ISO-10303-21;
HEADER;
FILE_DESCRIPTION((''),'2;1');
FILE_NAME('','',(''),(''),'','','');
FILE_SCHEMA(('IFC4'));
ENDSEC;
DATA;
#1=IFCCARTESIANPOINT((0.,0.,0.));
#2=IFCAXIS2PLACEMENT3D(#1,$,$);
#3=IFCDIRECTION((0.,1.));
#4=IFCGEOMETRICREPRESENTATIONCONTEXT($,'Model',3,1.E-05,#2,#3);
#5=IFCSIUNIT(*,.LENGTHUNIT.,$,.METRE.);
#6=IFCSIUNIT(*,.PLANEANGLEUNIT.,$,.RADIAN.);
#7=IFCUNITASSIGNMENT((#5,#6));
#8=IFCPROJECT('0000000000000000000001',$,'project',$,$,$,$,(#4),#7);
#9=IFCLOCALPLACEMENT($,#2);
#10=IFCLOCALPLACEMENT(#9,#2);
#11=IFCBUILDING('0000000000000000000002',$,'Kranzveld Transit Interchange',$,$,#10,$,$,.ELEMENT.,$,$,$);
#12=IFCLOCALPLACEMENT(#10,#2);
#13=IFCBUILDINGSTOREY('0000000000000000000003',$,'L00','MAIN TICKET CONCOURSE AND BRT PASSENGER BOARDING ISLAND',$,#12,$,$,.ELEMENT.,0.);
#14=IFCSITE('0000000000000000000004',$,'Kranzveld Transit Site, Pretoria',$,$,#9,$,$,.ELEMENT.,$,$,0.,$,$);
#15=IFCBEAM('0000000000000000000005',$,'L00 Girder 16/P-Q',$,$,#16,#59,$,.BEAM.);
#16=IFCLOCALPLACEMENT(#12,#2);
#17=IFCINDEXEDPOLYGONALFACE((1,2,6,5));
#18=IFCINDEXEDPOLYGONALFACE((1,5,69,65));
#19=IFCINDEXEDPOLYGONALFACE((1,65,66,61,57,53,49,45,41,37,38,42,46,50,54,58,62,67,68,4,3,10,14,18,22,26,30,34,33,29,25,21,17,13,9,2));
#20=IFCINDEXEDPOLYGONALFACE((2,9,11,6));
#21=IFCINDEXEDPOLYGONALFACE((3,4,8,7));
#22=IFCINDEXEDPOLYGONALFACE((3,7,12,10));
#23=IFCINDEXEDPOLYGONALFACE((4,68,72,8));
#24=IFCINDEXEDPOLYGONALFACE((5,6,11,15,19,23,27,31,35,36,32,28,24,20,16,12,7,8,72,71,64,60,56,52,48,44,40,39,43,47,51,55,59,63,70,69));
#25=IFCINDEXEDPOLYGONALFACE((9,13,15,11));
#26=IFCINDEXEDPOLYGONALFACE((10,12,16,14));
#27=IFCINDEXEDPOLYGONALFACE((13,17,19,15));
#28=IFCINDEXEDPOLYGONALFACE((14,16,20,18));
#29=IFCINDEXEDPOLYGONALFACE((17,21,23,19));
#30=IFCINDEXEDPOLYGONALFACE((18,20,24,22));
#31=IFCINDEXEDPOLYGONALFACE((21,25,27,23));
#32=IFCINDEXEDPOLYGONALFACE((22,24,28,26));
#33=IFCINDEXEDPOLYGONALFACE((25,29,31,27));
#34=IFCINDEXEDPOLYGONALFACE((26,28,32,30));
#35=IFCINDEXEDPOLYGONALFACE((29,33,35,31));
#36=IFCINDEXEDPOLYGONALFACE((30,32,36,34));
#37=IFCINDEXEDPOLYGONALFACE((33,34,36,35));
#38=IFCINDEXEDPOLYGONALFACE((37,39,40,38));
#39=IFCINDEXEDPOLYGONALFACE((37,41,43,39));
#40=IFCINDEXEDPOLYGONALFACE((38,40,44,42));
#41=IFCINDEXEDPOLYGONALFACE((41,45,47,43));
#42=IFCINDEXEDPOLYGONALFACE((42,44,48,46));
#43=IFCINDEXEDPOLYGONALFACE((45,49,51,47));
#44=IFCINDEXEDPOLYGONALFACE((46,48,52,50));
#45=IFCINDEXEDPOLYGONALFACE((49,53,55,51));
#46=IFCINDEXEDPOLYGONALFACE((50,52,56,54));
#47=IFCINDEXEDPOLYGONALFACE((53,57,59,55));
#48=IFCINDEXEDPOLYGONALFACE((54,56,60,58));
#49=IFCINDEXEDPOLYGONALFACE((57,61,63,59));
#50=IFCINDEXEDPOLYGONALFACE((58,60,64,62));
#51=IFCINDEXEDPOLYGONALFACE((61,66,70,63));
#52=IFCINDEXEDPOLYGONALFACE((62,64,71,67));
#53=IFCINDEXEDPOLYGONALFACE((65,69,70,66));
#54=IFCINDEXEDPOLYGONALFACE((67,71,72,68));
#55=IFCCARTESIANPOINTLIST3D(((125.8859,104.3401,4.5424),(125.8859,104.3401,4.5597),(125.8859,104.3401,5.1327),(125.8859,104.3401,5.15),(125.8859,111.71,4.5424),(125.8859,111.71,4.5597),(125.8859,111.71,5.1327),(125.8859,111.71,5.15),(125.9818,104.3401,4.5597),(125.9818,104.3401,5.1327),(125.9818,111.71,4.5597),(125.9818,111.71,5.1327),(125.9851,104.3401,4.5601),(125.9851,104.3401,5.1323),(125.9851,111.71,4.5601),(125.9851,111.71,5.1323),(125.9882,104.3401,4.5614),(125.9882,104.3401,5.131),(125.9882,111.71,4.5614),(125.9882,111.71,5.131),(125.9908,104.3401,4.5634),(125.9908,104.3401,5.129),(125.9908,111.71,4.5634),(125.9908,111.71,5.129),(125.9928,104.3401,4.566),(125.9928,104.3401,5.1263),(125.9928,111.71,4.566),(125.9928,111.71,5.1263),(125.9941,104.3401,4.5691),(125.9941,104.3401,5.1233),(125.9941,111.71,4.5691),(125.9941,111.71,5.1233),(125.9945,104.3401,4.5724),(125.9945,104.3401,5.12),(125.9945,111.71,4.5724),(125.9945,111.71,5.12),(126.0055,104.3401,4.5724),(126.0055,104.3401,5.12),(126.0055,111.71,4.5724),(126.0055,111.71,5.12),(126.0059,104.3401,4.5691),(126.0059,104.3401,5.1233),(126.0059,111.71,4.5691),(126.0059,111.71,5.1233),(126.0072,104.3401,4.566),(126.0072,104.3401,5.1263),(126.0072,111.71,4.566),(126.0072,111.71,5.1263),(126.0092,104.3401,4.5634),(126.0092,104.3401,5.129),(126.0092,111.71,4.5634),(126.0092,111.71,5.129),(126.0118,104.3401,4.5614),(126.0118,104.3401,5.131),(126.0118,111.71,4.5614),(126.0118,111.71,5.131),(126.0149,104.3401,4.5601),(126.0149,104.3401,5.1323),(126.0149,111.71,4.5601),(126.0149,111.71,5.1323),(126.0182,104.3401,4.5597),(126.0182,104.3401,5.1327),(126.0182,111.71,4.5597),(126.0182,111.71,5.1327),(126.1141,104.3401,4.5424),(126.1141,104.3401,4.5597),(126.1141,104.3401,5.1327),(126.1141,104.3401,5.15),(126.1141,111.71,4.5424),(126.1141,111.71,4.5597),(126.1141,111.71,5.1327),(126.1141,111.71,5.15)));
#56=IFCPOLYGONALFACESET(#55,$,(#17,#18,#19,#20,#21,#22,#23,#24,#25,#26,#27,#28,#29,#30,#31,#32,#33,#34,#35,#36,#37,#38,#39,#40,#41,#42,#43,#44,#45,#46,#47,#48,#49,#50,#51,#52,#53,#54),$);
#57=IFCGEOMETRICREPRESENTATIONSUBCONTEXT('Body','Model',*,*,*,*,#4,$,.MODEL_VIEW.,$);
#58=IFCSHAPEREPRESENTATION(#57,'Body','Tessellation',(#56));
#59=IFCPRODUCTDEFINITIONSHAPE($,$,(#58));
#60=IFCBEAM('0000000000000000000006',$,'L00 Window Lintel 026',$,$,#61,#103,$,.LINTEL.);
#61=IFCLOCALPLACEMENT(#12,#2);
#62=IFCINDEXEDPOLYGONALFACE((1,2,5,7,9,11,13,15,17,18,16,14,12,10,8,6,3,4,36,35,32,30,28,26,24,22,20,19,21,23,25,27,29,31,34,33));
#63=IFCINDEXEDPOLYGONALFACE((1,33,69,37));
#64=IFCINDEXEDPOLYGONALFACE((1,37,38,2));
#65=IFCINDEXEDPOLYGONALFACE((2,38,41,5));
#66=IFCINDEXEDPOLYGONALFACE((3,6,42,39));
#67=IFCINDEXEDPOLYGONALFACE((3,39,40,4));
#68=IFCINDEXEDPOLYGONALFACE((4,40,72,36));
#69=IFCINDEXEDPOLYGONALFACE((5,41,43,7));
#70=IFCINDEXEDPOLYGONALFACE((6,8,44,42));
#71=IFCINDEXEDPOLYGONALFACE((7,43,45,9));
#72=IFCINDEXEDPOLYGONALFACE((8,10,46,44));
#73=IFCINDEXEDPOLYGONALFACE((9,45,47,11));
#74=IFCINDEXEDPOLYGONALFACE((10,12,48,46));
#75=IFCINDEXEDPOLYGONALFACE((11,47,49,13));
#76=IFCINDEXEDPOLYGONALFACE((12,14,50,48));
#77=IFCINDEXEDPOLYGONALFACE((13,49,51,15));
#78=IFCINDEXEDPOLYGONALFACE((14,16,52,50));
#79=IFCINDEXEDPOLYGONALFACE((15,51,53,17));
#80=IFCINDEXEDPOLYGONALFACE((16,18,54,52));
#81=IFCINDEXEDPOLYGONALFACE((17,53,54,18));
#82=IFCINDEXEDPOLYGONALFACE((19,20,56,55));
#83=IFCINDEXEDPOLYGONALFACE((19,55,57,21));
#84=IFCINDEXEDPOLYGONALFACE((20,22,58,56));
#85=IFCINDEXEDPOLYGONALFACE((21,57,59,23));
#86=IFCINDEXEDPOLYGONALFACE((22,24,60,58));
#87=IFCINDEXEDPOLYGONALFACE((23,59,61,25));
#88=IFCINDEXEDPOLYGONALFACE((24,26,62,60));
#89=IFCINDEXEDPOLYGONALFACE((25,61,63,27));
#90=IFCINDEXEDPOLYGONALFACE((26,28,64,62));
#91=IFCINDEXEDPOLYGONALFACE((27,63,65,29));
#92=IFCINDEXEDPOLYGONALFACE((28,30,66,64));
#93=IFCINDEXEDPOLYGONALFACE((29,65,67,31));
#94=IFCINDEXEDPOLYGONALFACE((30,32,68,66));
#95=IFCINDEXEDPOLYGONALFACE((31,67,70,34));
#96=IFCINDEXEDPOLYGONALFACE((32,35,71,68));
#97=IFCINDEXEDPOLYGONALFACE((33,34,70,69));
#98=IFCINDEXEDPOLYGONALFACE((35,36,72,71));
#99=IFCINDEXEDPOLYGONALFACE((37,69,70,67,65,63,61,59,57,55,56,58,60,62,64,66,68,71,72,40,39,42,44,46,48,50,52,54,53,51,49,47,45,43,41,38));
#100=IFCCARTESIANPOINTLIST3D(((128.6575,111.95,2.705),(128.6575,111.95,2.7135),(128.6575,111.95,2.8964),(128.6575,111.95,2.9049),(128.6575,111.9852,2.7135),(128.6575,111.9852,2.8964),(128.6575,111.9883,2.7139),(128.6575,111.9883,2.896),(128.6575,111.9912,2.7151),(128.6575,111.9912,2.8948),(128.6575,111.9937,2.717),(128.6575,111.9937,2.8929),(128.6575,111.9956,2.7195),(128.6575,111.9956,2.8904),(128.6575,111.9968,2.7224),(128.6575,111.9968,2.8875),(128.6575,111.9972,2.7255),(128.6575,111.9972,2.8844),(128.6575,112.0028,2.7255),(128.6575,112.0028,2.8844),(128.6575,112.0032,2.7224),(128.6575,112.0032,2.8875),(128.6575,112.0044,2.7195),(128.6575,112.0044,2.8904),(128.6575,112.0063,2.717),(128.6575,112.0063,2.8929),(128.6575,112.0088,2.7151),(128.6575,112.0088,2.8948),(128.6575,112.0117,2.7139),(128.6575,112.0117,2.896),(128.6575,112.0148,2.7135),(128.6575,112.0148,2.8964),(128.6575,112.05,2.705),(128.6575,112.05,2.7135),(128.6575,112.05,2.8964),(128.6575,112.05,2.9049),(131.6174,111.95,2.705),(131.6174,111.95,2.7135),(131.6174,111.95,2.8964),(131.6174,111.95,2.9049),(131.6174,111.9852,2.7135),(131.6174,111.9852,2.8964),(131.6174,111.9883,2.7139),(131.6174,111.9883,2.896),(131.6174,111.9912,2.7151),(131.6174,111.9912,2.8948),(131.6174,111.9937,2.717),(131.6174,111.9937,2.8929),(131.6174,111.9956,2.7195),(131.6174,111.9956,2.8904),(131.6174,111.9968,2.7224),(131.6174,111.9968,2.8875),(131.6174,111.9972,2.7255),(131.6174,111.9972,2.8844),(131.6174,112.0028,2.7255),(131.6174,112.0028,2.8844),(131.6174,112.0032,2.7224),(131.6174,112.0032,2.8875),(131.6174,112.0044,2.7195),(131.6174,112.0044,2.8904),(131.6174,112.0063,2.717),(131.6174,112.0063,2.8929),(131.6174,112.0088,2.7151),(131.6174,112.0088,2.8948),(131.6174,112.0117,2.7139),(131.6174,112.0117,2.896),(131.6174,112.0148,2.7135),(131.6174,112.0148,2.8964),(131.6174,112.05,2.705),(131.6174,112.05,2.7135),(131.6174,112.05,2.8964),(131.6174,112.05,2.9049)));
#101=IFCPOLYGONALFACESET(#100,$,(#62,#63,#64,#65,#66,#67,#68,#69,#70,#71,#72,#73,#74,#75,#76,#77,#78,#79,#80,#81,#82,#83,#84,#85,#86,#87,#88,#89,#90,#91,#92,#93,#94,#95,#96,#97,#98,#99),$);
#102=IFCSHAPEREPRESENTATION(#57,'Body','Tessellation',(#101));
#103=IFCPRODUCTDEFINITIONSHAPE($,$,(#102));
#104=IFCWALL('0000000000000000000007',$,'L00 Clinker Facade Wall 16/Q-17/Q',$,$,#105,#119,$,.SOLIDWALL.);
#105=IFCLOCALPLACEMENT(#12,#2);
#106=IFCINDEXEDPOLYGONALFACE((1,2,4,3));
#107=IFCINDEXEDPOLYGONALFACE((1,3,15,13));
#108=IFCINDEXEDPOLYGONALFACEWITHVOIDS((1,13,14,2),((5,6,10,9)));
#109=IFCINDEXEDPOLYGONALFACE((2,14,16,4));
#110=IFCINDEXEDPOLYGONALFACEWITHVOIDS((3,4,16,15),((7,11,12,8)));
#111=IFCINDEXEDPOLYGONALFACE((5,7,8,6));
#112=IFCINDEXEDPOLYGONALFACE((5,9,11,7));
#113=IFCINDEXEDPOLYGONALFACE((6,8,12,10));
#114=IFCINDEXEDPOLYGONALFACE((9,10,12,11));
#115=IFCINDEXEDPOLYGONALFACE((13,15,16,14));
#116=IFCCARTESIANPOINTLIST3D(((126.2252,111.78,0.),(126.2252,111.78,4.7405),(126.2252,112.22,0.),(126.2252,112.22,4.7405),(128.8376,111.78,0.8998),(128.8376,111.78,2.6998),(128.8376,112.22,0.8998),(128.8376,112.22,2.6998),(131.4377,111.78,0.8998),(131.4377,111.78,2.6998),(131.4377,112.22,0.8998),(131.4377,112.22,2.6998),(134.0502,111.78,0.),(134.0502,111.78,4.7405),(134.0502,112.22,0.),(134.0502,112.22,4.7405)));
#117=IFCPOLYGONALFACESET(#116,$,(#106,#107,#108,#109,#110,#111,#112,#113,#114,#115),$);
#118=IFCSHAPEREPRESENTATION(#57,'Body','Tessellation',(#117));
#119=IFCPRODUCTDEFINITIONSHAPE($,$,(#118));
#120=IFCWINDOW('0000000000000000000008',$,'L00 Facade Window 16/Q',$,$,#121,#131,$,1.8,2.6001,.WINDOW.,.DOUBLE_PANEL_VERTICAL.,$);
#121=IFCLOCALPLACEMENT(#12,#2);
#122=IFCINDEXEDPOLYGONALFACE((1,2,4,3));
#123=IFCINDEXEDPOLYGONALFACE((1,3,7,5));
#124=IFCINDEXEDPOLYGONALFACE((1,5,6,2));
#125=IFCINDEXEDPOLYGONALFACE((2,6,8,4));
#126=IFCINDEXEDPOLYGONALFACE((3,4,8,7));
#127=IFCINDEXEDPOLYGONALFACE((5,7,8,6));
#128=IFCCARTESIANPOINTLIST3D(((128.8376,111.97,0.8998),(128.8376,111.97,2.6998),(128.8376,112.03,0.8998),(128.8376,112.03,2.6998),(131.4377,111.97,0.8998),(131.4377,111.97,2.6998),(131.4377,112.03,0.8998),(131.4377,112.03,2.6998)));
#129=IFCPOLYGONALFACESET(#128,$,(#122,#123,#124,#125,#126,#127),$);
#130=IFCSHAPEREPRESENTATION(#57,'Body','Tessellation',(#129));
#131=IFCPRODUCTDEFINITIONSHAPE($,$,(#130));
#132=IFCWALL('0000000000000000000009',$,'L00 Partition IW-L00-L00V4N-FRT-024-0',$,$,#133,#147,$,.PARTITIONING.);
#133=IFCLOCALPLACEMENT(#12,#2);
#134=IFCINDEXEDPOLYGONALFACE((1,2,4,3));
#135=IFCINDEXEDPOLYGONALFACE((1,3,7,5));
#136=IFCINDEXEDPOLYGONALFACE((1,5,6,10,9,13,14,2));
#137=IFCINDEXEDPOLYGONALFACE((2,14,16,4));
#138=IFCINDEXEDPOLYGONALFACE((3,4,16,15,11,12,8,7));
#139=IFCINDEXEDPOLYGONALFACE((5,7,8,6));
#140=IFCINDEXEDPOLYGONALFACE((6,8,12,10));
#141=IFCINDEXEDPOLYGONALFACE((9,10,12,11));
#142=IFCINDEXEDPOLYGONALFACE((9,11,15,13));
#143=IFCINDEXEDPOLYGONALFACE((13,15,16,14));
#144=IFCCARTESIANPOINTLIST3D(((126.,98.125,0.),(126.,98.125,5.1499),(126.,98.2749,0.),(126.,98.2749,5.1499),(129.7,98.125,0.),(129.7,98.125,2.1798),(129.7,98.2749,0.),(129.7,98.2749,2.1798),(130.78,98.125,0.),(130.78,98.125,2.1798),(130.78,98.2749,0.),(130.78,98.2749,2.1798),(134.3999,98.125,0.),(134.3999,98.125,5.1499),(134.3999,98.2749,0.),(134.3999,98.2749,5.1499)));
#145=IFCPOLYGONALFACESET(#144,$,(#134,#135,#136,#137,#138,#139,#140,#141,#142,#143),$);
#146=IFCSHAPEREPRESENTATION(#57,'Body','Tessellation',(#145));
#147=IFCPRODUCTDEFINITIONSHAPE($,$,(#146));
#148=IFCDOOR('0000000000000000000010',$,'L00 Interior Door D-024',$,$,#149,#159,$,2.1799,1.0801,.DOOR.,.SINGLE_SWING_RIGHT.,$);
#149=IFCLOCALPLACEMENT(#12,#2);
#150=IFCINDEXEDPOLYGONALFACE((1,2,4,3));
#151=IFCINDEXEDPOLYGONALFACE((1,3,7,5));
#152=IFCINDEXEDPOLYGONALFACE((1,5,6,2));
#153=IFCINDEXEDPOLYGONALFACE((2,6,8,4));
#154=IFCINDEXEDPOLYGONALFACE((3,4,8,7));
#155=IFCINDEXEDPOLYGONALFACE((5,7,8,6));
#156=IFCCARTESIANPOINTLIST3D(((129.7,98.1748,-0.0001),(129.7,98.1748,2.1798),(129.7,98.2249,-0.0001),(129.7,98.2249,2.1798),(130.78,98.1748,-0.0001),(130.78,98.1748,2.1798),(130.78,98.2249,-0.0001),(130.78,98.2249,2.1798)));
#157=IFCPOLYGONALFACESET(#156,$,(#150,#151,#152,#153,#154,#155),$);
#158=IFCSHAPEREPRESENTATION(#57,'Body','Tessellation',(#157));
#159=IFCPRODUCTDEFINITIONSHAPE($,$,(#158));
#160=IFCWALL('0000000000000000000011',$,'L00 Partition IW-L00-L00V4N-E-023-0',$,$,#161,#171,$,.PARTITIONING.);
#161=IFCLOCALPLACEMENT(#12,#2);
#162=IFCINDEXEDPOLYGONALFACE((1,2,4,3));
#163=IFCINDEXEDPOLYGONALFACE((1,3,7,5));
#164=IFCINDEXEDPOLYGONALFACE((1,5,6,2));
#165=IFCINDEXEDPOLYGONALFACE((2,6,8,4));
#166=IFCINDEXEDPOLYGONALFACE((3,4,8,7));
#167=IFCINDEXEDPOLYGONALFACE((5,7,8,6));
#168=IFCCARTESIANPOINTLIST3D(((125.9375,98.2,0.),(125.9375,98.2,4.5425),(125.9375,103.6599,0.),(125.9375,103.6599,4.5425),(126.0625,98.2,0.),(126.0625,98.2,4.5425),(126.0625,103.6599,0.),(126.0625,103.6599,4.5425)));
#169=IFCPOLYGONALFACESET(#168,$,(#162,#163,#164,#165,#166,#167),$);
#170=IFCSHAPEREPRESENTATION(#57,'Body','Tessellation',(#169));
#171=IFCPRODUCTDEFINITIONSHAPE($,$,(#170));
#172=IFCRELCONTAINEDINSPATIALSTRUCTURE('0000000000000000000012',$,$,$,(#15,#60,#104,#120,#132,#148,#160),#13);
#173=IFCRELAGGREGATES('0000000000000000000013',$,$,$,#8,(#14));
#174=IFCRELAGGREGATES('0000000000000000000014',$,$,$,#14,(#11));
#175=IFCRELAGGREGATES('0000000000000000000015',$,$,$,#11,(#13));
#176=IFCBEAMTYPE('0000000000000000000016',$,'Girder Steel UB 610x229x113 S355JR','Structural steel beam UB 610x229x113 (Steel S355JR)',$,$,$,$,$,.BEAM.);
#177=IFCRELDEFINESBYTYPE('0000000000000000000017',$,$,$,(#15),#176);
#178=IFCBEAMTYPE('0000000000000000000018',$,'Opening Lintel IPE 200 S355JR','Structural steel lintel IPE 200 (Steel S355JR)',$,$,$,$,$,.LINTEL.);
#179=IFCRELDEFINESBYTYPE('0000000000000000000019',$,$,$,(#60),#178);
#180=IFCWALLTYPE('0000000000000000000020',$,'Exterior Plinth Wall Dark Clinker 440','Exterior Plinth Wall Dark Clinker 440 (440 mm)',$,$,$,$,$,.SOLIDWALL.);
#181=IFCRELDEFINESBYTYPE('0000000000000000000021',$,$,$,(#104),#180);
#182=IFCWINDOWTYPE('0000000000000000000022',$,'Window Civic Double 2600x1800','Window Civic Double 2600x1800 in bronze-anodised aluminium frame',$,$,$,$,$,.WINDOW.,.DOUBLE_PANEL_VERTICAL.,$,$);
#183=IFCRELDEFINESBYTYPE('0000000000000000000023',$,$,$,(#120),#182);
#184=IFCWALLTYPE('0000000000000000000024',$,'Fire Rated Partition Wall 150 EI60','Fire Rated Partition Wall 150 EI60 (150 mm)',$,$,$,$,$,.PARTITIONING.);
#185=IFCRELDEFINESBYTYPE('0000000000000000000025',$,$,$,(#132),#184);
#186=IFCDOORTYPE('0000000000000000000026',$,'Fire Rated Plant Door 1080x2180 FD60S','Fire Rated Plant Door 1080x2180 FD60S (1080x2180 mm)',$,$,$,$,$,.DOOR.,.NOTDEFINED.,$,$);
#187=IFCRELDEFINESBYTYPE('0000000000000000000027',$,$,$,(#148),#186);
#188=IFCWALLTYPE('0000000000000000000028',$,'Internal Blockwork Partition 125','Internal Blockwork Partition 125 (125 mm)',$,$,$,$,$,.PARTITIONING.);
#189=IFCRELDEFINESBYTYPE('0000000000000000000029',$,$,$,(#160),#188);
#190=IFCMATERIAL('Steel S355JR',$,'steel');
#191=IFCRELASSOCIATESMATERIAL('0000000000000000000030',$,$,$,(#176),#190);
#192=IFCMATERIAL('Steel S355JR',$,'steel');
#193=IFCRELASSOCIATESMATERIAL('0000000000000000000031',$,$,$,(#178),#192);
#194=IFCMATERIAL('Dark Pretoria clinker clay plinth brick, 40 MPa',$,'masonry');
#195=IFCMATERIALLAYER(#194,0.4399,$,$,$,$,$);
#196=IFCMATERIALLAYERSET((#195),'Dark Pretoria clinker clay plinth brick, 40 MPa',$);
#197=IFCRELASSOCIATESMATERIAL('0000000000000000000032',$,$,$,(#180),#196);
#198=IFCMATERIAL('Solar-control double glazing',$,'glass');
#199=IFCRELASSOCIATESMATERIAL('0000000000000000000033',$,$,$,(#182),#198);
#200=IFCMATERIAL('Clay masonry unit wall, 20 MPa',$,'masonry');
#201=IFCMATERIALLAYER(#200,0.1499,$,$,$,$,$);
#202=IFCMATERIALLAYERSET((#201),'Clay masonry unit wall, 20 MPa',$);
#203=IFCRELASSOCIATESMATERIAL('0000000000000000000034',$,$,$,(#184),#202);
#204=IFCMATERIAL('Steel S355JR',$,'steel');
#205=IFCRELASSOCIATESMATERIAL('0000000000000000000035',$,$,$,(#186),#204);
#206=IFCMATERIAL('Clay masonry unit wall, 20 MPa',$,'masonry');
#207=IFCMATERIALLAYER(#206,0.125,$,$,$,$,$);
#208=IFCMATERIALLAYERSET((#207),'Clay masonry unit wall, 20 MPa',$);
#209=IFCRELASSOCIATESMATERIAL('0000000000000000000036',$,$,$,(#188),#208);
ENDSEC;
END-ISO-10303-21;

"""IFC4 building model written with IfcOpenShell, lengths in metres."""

from ifc_helpers import new_model, si_unit, direction, frame, frame_2d, origin, origin_2d, place, context, subcontext, project, spatial, rectangle, i_section, extrude, material, layer, layer_set, material_profile, profile_set, type_object, element, fill, save


model = new_model("IFC4")

# Units and contexts
model_context = context("Model", 3, precision=1e-05, world=origin(), true_north=direction((0.0, 1.0)))
body_context = subcontext(model_context, "Body", "Model", "MODEL_VIEW")
ifc_project = project(units=[si_unit("LENGTHUNIT", "METRE"), si_unit("PLANEANGLEUNIT", "RADIAN")], contexts=[model_context])

# Site, building, storey
site_placement = place(None, origin())
site = spatial("IfcSite", under=ifc_project, at=site_placement, Name="Kranzveld Transit Site, Pretoria", CompositionType="ELEMENT", RefElevation=0.0)
building_placement = place(site_placement, origin())
building = spatial("IfcBuilding", under=site, at=building_placement, Name="Kranzveld Transit Interchange", CompositionType="ELEMENT")
storey_placement = place(building_placement, origin())
storey = spatial("IfcBuildingStorey", under=building, at=storey_placement, Name="L00", Description="MAIN TICKET CONCOURSE AND BRT PASSENGER BOARDING ISLAND", CompositionType="ELEMENT", Elevation=0.0)

# Beams
ifc_material_1 = material(Name="Steel S355JR", Category="steel")
ifc_material_profile_1 = material_profile(ifc_material_1, i_section(OverallWidth=0.2283, OverallDepth=0.6077, WebThickness=0.011, FlangeThickness=0.0173, FilletRadius=0.0127, at=origin_2d()), Name="UB 610x229x113")
ifc_profile_set_1 = profile_set([ifc_material_profile_1], Name="Steel S355JR")
beam_type_1 = type_object("IfcBeamType", Name="Girder Steel UB 610x229x113 S355JR", Description="Structural steel beam UB 610x229x113 (Steel S355JR)", PredefinedType="BEAM", material=ifc_profile_set_1)
beam_1_placement = place(storey_placement, frame((126.0, 104.3401, 4.8462), z_axis=(0.0, 1.0, 0.0), x_axis=(-1.0, 0.0, 0.0)))
element("IfcBeam", 1, at=beam_1_placement, inside=storey, type_object=beam_type_1, Name="L00 Girder 16/P-Q", PredefinedType="BEAM", context=body_context, shape_type="SweptSolid", body=[
    extrude(i_section(OverallWidth=0.2283, OverallDepth=0.6077, WebThickness=0.011, FlangeThickness=0.0173, FilletRadius=0.0127, at=origin_2d()), origin(), (0.0, 0.0, 1.0), 7.3699),
])
ifc_material_2 = material(Name="Steel S355JR", Category="steel")
ifc_material_profile_2 = material_profile(ifc_material_2, i_section(OverallWidth=0.1001, OverallDepth=0.2, WebThickness=0.0056, FlangeThickness=0.0085, FilletRadius=0.012, at=origin_2d()), Name="IPE 200")
ifc_profile_set_2 = profile_set([ifc_material_profile_2], Name="Steel S355JR")
beam_type_2 = type_object("IfcBeamType", Name="Opening Lintel IPE 200 S355JR", Description="Structural steel lintel IPE 200 (Steel S355JR)", PredefinedType="LINTEL", material=ifc_profile_set_2)
beam_2_placement = place(storey_placement, frame((128.6575, 112.0, 2.8049), z_axis=(1.0, 0.0, 0.0), x_axis=(0.0, 1.0, 0.0)))
element("IfcBeam", 2, at=beam_2_placement, inside=storey, type_object=beam_type_2, Name="L00 Window Lintel 026", PredefinedType="LINTEL", context=body_context, shape_type="SweptSolid", body=[
    extrude(i_section(OverallWidth=0.1001, OverallDepth=0.2, WebThickness=0.0056, FlangeThickness=0.0085, FilletRadius=0.012, at=origin_2d()), origin(), (0.0, 0.0, 1.0), 2.96),
])

# Wall, opening, window
ifc_material_3 = material(Name="Dark Pretoria clinker clay plinth brick, 40 MPa", Category="masonry")
ifc_layer_1 = layer(ifc_material_3, 0.4399)
ifc_layer_set_1 = layer_set([ifc_layer_1], Name="Dark Pretoria clinker clay plinth brick, 40 MPa")
wall_type_1 = type_object("IfcWallType", Name="Exterior Plinth Wall Dark Clinker 440", Description="Exterior Plinth Wall Dark Clinker 440 (440 mm)", PredefinedType="SOLIDWALL", material=ifc_layer_set_1)
wall_1_placement = place(storey_placement, frame((126.2251, 112.0, 0.0), z_axis=(0.0, 0.0, 1.0), x_axis=(1.0, 0.0, 0.0)))
wall_1 = element("IfcWall", 3, at=wall_1_placement, inside=storey, type_object=wall_type_1, Name="L00 Clinker Facade Wall 16/Q-17/Q", PredefinedType="SOLIDWALL", context=body_context, shape_type="SweptSolid", body=[
    extrude(rectangle(XDim=7.825, YDim=0.4399, at=frame_2d((3.9126, 0.0))), origin(), (0.0, 0.0, 1.0), 4.7405),
])
opening_1_placement = place(wall_1_placement, frame((2.6125, 0.0, 0.8999), z_axis=(0.0, 0.0, 1.0), x_axis=(1.0, 0.0, 0.0)))
opening_1 = element("IfcOpeningElement", 4, at=opening_1_placement, cuts=wall_1, PredefinedType="OPENING", context=body_context, shape_type="SweptSolid", body=[
    extrude(rectangle(XDim=2.6001, YDim=1.8, at=frame_2d((1.3, 0.8999))), frame((0.0, 0.23, 0.0), z_axis=(0.0, -1.0, 0.0), x_axis=(1.0, 0.0, 0.0)), (0.0, 0.0, 1.0), 0.46),
])
ifc_material_4 = material(Name="Solar-control double glazing", Category="glass")
window_type = type_object("IfcWindowType", Name="Window Civic Double 2600x1800", Description="Window Civic Double 2600x1800 in bronze-anodised aluminium frame", PartitioningType="DOUBLE_PANEL_VERTICAL", PredefinedType="WINDOW", material=ifc_material_4)
window_placement = place(opening_1_placement, origin())
window = element("IfcWindow", 5, at=window_placement, inside=storey, type_object=window_type, Name="L00 Facade Window 16/Q", OverallHeight=1.8, OverallWidth=2.6001, PartitioningType="DOUBLE_PANEL_VERTICAL", PredefinedType="WINDOW", context=body_context, shape_type="SweptSolid", body=[
    extrude(rectangle(XDim=2.6001, YDim=1.8, at=frame_2d((1.3, 0.8999))), frame((0.0, 0.03, 0.0), z_axis=(0.0, -1.0, 0.0), x_axis=(1.0, 0.0, 0.0)), (0.0, 0.0, 1.0), 0.0601),
])
fill(opening_1, window)

# Wall, opening, door
ifc_material_5 = material(Name="Clay masonry unit wall, 20 MPa", Category="masonry")
ifc_layer_2 = layer(ifc_material_5, 0.1499)
ifc_layer_set_2 = layer_set([ifc_layer_2], Name="Clay masonry unit wall, 20 MPa")
wall_type_2 = type_object("IfcWallType", Name="Fire Rated Partition Wall 150 EI60", Description="Fire Rated Partition Wall 150 EI60 (150 mm)", PredefinedType="PARTITIONING", material=ifc_layer_set_2)
wall_2_placement = place(storey_placement, frame((126.0, 98.2, 0.0), z_axis=(0.0, 0.0, 1.0), x_axis=(1.0, 0.0, 0.0)))
wall_2 = element("IfcWall", 6, at=wall_2_placement, inside=storey, type_object=wall_type_2, Name="L00 Partition IW-L00-L00V4N-FRT-024-0", PredefinedType="PARTITIONING", context=body_context, shape_type="SweptSolid", body=[
    extrude(rectangle(XDim=8.3999, YDim=0.1499, at=frame_2d((4.2, 0.0))), origin(), (0.0, 0.0, 1.0), 5.1499),
])
opening_2_placement = place(wall_2_placement, frame((3.7, 0.0, 0.0), z_axis=(0.0, 0.0, 1.0), x_axis=(1.0, 0.0, 0.0)))
opening_2 = element("IfcOpeningElement", 7, at=opening_2_placement, cuts=wall_2, PredefinedType="OPENING", context=body_context, shape_type="SweptSolid", body=[
    extrude(rectangle(XDim=1.0801, YDim=2.1799, at=frame_2d((0.54, 1.0898))), frame((0.0, 0.085, 0.0), z_axis=(0.0, -1.0, 0.0), x_axis=(1.0, 0.0, 0.0)), (0.0, 0.0, 1.0), 0.1699),
])
ifc_material_6 = material(Name="Steel S355JR", Category="steel")
door_type = type_object("IfcDoorType", Name="Fire Rated Plant Door 1080x2180 FD60S", Description="Fire Rated Plant Door 1080x2180 FD60S (1080x2180 mm)", OperationType="NOTDEFINED", PredefinedType="DOOR", material=ifc_material_6)
door_placement = place(opening_2_placement, origin())
door = element("IfcDoor", 8, at=door_placement, inside=storey, type_object=door_type, Name="L00 Interior Door D-024", OperationType="SINGLE_SWING_RIGHT", OverallHeight=2.1799, OverallWidth=1.0801, PredefinedType="DOOR", context=body_context, shape_type="SweptSolid", body=[
    extrude(rectangle(XDim=1.0801, YDim=2.1799, at=frame_2d((0.54, 1.0898))), frame((0.0, 0.0249, 0.0), z_axis=(0.0, -1.0, 0.0), x_axis=(1.0, 0.0, 0.0)), (0.0, 0.0, 1.0), 0.05),
])
fill(opening_2, door)

# Wall
ifc_material_7 = material(Name="Clay masonry unit wall, 20 MPa", Category="masonry")
ifc_layer_3 = layer(ifc_material_7, 0.125)
ifc_layer_set_3 = layer_set([ifc_layer_3], Name="Clay masonry unit wall, 20 MPa")
wall_type_3 = type_object("IfcWallType", Name="Internal Blockwork Partition 125", Description="Internal Blockwork Partition 125 (125 mm)", PredefinedType="PARTITIONING", material=ifc_layer_set_3)
wall_3_placement = place(storey_placement, frame((126.0, 98.2, 0.0), z_axis=(0.0, 0.0, 1.0), x_axis=(0.0, 1.0, 0.0)))
element("IfcWall", 9, at=wall_3_placement, inside=storey, type_object=wall_type_3, Name="L00 Partition IW-L00-L00V4N-E-023-0", PredefinedType="PARTITIONING", context=body_context, shape_type="SweptSolid", body=[
    extrude(rectangle(XDim=5.46, YDim=0.125, at=frame_2d((2.73, 0.0))), origin(), (0.0, 0.0, 1.0), 4.5425),
])

save(model, "model.ifc")
